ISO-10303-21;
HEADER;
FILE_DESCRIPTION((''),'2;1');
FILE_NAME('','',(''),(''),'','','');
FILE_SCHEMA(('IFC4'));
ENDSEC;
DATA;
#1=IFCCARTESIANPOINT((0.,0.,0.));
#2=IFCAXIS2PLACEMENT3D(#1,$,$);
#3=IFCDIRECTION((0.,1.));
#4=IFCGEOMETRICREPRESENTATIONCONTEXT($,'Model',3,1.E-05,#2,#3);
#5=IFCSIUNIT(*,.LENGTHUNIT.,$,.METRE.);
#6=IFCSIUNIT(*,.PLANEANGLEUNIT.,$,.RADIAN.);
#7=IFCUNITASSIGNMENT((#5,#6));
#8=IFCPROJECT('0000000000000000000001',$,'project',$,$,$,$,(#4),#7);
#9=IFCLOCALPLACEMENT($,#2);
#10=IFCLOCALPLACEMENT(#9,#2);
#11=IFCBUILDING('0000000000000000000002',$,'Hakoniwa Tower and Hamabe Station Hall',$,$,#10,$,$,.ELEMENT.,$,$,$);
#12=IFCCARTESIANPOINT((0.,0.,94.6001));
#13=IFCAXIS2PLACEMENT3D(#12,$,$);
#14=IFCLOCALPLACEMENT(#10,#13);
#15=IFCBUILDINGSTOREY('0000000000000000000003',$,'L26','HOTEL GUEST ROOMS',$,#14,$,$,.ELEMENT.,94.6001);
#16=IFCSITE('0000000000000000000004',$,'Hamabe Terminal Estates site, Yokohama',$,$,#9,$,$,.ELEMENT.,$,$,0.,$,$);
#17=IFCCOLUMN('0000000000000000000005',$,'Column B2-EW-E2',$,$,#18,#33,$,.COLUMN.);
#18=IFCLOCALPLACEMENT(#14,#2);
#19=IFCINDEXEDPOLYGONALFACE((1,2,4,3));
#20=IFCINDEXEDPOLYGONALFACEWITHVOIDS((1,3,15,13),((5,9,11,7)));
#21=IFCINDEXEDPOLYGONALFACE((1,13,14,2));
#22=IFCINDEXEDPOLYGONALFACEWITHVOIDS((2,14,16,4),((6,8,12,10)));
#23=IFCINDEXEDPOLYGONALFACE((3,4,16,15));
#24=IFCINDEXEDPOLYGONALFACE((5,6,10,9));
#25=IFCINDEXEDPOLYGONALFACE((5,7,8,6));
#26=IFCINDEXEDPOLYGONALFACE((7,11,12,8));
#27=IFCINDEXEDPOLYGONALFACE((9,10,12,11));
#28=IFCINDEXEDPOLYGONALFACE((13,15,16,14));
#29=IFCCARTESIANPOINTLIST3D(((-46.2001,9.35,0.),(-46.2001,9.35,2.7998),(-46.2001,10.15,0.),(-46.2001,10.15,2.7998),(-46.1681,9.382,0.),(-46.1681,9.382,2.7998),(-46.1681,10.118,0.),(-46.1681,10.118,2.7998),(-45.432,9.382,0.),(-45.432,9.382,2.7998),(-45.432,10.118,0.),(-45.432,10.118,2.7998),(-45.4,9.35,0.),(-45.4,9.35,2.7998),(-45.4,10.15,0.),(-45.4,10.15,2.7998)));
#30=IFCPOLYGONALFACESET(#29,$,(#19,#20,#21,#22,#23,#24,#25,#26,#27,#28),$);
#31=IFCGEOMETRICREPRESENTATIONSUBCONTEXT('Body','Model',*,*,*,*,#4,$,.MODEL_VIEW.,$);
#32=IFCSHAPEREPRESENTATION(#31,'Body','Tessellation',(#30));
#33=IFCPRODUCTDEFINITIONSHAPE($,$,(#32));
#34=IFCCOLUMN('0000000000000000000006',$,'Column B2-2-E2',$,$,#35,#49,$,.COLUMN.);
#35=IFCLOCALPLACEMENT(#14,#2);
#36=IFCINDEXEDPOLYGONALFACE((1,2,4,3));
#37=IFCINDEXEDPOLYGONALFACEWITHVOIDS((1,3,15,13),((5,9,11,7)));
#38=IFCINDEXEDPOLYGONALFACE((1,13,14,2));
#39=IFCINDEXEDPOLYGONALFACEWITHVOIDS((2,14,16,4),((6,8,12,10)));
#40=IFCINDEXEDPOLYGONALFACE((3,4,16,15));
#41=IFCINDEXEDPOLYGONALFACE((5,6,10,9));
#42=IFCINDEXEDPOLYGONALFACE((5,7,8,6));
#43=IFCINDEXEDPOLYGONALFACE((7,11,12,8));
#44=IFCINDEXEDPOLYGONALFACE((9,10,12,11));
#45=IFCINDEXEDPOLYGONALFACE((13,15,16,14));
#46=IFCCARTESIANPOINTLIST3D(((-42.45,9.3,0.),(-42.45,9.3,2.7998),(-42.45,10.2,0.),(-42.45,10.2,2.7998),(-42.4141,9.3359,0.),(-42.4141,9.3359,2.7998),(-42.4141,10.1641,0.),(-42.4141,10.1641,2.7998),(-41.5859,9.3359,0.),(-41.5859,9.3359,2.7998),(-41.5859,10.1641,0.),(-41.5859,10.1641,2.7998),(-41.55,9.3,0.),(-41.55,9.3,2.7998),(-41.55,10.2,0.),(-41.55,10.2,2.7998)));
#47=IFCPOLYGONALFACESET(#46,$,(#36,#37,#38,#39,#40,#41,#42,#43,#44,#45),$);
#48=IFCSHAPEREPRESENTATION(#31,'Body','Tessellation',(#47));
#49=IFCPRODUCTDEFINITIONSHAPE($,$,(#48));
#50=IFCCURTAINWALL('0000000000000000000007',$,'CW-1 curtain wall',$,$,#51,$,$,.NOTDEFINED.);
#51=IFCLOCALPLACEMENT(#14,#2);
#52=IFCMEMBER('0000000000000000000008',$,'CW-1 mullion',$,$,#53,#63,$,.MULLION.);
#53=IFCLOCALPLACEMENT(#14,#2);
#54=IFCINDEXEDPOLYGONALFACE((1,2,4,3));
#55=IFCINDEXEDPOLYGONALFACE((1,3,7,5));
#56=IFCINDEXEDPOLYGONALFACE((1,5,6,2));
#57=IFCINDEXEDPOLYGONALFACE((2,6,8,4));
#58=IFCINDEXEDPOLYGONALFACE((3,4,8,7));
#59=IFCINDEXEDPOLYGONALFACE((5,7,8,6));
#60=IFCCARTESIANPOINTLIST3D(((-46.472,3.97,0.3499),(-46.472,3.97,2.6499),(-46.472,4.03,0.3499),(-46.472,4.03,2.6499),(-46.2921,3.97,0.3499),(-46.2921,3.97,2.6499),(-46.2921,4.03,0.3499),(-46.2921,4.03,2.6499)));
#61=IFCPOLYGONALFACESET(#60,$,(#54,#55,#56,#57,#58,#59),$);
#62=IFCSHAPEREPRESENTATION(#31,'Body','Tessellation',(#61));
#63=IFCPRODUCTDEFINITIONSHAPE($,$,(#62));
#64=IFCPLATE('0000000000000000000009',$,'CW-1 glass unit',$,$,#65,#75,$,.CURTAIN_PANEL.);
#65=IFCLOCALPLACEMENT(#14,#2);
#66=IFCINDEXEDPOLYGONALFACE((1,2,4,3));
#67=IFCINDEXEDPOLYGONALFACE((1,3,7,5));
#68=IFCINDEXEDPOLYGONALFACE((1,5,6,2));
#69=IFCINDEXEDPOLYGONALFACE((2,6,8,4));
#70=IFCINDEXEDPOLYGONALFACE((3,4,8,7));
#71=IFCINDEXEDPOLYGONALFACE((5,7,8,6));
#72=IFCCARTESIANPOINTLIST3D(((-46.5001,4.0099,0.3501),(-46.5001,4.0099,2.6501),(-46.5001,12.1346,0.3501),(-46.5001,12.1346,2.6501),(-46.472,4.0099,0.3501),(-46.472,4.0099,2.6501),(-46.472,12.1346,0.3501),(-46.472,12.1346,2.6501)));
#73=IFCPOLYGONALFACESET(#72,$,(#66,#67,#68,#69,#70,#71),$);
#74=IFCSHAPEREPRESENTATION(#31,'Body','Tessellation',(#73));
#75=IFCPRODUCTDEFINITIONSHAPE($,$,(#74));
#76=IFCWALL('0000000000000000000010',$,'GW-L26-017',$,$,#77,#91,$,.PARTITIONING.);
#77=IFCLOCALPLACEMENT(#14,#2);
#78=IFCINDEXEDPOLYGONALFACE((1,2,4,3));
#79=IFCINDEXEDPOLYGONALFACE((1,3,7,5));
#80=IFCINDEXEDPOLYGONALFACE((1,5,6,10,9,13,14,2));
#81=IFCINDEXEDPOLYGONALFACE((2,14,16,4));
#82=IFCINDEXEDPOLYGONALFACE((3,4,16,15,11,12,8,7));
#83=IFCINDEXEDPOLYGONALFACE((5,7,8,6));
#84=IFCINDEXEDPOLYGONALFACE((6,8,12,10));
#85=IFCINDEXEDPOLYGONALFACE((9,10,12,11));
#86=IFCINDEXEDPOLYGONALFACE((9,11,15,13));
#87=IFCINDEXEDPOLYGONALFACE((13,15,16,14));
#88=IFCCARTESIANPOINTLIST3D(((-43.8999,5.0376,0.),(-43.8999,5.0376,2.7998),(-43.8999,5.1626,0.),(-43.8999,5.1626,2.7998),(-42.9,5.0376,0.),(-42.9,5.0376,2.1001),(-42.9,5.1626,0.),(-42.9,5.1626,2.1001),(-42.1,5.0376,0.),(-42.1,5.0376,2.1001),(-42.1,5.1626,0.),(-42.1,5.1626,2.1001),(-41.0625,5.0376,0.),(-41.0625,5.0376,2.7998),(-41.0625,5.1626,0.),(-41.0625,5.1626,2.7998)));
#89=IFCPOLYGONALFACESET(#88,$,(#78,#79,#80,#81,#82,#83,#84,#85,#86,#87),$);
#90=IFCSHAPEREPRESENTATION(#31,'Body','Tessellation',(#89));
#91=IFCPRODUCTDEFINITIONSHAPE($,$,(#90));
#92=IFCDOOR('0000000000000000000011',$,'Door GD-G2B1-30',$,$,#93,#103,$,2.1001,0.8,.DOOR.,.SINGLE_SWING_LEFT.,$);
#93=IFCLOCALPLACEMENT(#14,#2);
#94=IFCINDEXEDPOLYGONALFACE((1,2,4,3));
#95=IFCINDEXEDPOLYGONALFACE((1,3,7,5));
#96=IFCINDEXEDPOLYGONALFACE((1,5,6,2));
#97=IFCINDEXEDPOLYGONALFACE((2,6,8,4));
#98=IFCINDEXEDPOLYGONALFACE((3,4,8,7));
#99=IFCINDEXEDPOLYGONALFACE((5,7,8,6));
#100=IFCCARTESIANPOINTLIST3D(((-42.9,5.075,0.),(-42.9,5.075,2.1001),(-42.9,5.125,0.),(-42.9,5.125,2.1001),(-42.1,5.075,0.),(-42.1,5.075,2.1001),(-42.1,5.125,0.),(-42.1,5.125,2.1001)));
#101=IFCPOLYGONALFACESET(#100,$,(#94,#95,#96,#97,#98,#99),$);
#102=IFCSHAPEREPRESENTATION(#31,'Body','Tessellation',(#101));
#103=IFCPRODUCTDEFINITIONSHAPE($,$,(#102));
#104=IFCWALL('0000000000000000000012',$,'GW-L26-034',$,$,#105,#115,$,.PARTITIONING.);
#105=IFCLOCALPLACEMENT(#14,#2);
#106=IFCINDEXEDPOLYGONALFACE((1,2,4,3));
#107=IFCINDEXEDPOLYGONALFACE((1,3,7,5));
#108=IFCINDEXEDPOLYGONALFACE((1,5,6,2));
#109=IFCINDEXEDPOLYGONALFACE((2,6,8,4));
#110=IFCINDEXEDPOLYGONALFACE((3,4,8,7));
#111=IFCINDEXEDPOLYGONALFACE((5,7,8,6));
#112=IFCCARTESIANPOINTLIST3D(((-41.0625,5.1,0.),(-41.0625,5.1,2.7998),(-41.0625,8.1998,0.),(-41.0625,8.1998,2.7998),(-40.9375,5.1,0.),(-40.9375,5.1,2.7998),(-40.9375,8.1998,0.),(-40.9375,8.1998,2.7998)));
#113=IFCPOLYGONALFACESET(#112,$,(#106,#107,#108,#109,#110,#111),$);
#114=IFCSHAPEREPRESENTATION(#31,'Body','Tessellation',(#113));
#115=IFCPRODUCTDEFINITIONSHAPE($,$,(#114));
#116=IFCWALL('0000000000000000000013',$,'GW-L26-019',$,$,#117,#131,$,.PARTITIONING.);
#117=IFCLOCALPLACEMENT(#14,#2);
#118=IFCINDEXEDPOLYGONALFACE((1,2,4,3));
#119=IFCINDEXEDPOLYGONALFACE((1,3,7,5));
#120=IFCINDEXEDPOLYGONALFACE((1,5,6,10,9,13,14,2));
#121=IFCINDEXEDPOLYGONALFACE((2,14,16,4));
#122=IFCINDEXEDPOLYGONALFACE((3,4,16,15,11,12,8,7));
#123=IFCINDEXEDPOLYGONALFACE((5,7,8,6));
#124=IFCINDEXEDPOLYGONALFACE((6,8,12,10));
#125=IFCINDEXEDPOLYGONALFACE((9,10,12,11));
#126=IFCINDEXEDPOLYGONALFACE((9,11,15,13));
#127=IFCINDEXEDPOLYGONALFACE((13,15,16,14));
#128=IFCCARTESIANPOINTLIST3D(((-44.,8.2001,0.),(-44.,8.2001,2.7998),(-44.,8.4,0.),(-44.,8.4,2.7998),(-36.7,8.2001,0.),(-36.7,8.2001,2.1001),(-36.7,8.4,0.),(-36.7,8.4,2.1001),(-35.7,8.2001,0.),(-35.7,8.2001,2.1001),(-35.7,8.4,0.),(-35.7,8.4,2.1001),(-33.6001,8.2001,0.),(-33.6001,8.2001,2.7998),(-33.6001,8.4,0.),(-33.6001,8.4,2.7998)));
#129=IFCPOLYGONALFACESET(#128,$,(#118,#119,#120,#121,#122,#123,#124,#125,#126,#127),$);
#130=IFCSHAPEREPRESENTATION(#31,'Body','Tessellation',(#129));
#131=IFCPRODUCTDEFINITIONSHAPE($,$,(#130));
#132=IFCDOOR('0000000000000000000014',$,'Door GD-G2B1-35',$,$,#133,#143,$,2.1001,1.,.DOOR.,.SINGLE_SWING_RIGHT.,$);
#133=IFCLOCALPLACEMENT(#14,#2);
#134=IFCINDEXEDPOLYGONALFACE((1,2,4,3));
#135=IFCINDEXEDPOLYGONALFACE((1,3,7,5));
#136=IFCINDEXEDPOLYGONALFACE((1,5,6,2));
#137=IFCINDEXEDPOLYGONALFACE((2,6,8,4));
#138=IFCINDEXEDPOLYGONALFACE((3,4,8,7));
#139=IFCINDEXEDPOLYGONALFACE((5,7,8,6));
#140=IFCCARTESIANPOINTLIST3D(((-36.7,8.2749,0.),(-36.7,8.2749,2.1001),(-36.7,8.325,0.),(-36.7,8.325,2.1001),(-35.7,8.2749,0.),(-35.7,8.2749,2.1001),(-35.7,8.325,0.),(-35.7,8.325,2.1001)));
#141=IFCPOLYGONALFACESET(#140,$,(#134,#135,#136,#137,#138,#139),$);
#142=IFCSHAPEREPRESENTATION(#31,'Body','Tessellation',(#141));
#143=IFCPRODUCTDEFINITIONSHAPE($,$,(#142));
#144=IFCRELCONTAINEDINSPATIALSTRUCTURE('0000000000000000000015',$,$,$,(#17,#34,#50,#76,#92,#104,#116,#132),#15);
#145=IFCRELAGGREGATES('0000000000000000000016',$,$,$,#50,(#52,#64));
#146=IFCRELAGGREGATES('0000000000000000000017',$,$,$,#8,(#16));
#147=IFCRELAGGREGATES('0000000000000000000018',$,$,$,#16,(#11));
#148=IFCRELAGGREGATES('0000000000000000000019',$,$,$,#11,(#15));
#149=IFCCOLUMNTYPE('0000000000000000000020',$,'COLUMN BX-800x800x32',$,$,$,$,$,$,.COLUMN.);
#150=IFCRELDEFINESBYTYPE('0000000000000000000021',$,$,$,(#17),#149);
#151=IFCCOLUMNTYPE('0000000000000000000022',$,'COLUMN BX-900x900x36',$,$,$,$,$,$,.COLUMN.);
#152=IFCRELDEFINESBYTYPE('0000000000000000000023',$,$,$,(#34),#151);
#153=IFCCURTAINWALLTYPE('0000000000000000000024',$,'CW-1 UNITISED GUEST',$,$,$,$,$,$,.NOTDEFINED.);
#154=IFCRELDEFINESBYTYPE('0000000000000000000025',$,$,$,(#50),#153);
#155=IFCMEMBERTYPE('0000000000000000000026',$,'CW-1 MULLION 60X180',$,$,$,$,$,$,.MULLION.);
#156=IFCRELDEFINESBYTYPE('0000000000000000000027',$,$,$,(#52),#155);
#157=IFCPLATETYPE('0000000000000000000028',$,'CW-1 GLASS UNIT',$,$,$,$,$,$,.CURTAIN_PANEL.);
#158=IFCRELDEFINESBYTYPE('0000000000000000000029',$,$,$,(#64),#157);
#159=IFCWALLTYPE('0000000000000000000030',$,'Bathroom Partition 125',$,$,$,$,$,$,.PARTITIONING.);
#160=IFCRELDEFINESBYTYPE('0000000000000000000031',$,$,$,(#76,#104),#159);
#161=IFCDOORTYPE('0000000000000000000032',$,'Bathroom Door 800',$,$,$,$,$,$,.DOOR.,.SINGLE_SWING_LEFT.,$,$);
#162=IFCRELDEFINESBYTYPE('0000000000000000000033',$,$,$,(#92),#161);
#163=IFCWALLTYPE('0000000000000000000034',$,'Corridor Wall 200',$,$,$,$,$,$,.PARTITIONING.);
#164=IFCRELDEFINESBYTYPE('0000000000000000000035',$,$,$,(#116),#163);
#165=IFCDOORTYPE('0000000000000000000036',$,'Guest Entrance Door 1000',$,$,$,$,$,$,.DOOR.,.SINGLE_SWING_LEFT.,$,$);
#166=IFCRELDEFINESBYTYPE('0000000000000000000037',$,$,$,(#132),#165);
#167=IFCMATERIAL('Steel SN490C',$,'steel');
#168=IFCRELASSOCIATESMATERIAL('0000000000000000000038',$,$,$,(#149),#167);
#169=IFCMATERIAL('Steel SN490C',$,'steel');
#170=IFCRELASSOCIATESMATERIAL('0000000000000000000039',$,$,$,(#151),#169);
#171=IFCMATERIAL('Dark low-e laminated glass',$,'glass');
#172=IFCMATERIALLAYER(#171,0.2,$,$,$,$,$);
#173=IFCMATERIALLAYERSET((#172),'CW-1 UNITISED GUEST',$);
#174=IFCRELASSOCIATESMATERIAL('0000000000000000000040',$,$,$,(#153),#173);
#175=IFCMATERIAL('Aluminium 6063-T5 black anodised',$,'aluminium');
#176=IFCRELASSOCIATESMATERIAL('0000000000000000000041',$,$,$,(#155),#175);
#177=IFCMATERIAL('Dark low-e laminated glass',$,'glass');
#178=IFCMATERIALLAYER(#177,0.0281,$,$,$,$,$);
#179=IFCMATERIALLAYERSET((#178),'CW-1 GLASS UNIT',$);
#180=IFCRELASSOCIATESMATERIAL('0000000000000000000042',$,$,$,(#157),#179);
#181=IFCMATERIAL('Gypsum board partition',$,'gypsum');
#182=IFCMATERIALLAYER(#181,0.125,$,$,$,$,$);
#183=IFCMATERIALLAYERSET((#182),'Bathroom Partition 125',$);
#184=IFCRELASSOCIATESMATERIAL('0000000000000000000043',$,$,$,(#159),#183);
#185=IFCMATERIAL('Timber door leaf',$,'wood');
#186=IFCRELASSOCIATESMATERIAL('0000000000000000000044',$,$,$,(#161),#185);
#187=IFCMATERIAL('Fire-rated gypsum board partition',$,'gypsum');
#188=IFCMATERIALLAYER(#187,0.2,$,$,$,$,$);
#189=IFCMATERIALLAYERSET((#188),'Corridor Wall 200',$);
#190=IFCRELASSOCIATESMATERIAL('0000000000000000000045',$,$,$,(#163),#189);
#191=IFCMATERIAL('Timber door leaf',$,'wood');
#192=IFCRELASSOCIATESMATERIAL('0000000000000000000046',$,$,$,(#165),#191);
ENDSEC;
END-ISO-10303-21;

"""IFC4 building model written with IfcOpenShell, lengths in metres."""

from ifc_helpers import new_model, si_unit, direction, frame, frame_2d, origin, origin_2d, place, context, subcontext, project, spatial, rectangle, hollow_rectangle, extrude, material, layer, layer_set, material_profile, profile_set, type_object, element, fill, aggregate, save


model = new_model("IFC4")

# Units and contexts
model_context = context("Model", 3, precision=1e-05, world=origin(), true_north=direction((0.0, 1.0)))
body_context = subcontext(model_context, "Body", "Model", "MODEL_VIEW")
ifc_project = project(units=[si_unit("LENGTHUNIT", "METRE"), si_unit("PLANEANGLEUNIT", "RADIAN")], contexts=[model_context])

# Site, building, storey
site_placement = place(None, origin())
site = spatial("IfcSite", under=ifc_project, at=site_placement, Name="Hamabe Terminal Estates site, Yokohama", CompositionType="ELEMENT", RefElevation=0.0)
building_placement = place(site_placement, origin())
building = spatial("IfcBuilding", under=site, at=building_placement, Name="Hakoniwa Tower and Hamabe Station Hall", CompositionType="ELEMENT")
storey_placement = place(building_placement, frame((0.0, 0.0, 94.6001)))
storey = spatial("IfcBuildingStorey", under=building, at=storey_placement, Name="L26", Description="HOTEL GUEST ROOMS", CompositionType="ELEMENT", Elevation=94.6001)

# Columns
ifc_material_1 = material(Name="Steel SN490C", Category="steel")
ifc_material_profile_1 = material_profile(ifc_material_1, hollow_rectangle(XDim=0.8, YDim=0.8, WallThickness=0.032, at=origin_2d()), Name="BX-800x800x32")
ifc_profile_set_1 = profile_set([ifc_material_profile_1], Name="Steel SN490C")
column_type_1 = type_object("IfcColumnType", Name="COLUMN BX-800x800x32", PredefinedType="COLUMN", material=ifc_profile_set_1)
column_1_placement = place(storey_placement, frame((-45.8, 9.75, 0.0), z_axis=(0.0, 0.0, 1.0), x_axis=(1.0, 0.0, 0.0)))
element("IfcColumn", 1, at=column_1_placement, inside=storey, type_object=column_type_1, Name="Column B2-EW-E2", PredefinedType="COLUMN", context=body_context, shape_type="SweptSolid", body=[
    extrude(hollow_rectangle(XDim=0.8, YDim=0.8, WallThickness=0.032, at=origin_2d()), origin(), (0.0, 0.0, 1.0), 2.7998),
])
ifc_material_2 = material(Name="Steel SN490C", Category="steel")
ifc_material_profile_2 = material_profile(ifc_material_2, hollow_rectangle(XDim=0.8999, YDim=0.8999, WallThickness=0.0359, at=origin_2d()), Name="BX-900x900x36")
ifc_profile_set_2 = profile_set([ifc_material_profile_2], Name="Steel SN490C")
column_type_2 = type_object("IfcColumnType", Name="COLUMN BX-900x900x36", PredefinedType="COLUMN", material=ifc_profile_set_2)
column_2_placement = place(storey_placement, frame((-42.0, 9.75, 0.0), z_axis=(0.0, 0.0, 1.0), x_axis=(1.0, 0.0, 0.0)))
element("IfcColumn", 2, at=column_2_placement, inside=storey, type_object=column_type_2, Name="Column B2-2-E2", PredefinedType="COLUMN", context=body_context, shape_type="SweptSolid", body=[
    extrude(hollow_rectangle(XDim=0.8999, YDim=0.8999, WallThickness=0.0359, at=origin_2d()), origin(), (0.0, 0.0, 1.0), 2.7998),
])

# Curtain wall, member, plate
ifc_material_3 = material(Name="Dark low-e laminated glass", Category="glass")
ifc_layer_1 = layer(ifc_material_3, 0.2)
ifc_layer_set_1 = layer_set([ifc_layer_1], Name="CW-1 UNITISED GUEST")
curtain_wall_type = type_object("IfcCurtainWallType", Name="CW-1 UNITISED GUEST", PredefinedType="NOTDEFINED", material=ifc_layer_set_1)
curtain_wall_placement = place(storey_placement, origin())
curtain_wall = element("IfcCurtainWall", 3, at=curtain_wall_placement, inside=storey, type_object=curtain_wall_type, Name="CW-1 curtain wall", PredefinedType="NOTDEFINED")
ifc_material_4 = material(Name="Aluminium 6063-T5 black anodised", Category="aluminium")
ifc_material_profile_3 = material_profile(ifc_material_4, rectangle(XDim=0.0601, YDim=0.1799, at=origin_2d()), Name="CW-1 MULLION 60X180")
ifc_profile_set_3 = profile_set([ifc_material_profile_3], Name="Aluminium 6063-T5 black anodised")
member_type = type_object("IfcMemberType", Name="CW-1 MULLION 60X180", PredefinedType="MULLION", material=ifc_profile_set_3)
member_placement = place(storey_placement, frame((-46.3821, 4.0, 0.3499), z_axis=(0.0, 0.0, 1.0), x_axis=(0.0, -1.0, 0.0)))
member = element("IfcMember", 4, at=member_placement, type_object=member_type, Name="CW-1 mullion", PredefinedType="MULLION", context=body_context, shape_type="SweptSolid", body=[
    extrude(rectangle(XDim=0.0601, YDim=0.1799, at=origin_2d()), origin(), (0.0, 0.0, 1.0), 2.3),
])
ifc_material_5 = material(Name="Dark low-e laminated glass", Category="glass")
ifc_layer_2 = layer(ifc_material_5, 0.0281)
ifc_layer_set_2 = layer_set([ifc_layer_2], Name="CW-1 GLASS UNIT")
plate_type = type_object("IfcPlateType", Name="CW-1 GLASS UNIT", PredefinedType="CURTAIN_PANEL", material=ifc_layer_set_2)
plate_placement = place(storey_placement, frame((-46.4861, 8.0723, 0.3501), z_axis=(0.0, 0.0, 1.0), x_axis=(0.0, -1.0, 0.0)))
plate = element("IfcPlate", 5, at=plate_placement, type_object=plate_type, Name="CW-1 glass unit", PredefinedType="CURTAIN_PANEL", context=body_context, shape_type="SweptSolid", body=[
    extrude(rectangle(XDim=8.1248, YDim=0.0281, at=origin_2d()), origin(), (0.0, 0.0, 1.0), 2.3),
])
aggregate(curtain_wall, [member, plate])

# Wall, opening, door
ifc_material_6 = material(Name="Gypsum board partition", Category="gypsum")
ifc_layer_3 = layer(ifc_material_6, 0.125)
ifc_layer_set_3 = layer_set([ifc_layer_3], Name="Bathroom Partition 125")
wall_type_1 = type_object("IfcWallType", Name="Bathroom Partition 125", PredefinedType="PARTITIONING", material=ifc_layer_set_3)
wall_1_placement = place(storey_placement, frame((-43.8999, 5.1001, 0.0), z_axis=(0.0, 0.0, 1.0), x_axis=(1.0, 0.0, 0.0)))
wall_1 = element("IfcWall", 6, at=wall_1_placement, inside=storey, type_object=wall_type_1, Name="GW-L26-017", PredefinedType="PARTITIONING", context=body_context, shape_type="SweptSolid", body=[
    extrude(rectangle(XDim=2.8374, YDim=0.125, at=frame_2d((1.4187, 0.0))), origin(), (0.0, 0.0, 1.0), 2.7998),
])
opening_1_placement = place(wall_1_placement, frame((1.0, 0.0, 0.0)))
opening_1 = element("IfcOpeningElement", 7, at=opening_1_placement, cuts=wall_1, PredefinedType="OPENING", context=body_context, shape_type="SweptSolid", body=[
    extrude(rectangle(XDim=0.8, YDim=2.1001, at=frame_2d((0.3999, 1.05))), frame((0.0, 0.0725, 0.0), z_axis=(0.0, -1.0, 0.0), x_axis=(1.0, 0.0, 0.0)), (0.0, 0.0, 1.0), 0.145),
])
ifc_material_7 = material(Name="Timber door leaf", Category="wood")
door_type_1 = type_object("IfcDoorType", Name="Bathroom Door 800", OperationType="SINGLE_SWING_LEFT", PredefinedType="DOOR", material=ifc_material_7)
door_1_placement = place(opening_1_placement, origin())
door_1 = element("IfcDoor", 8, at=door_1_placement, inside=storey, type_object=door_type_1, Name="Door GD-G2B1-30", OperationType="SINGLE_SWING_LEFT", OverallHeight=2.1001, OverallWidth=0.8, PredefinedType="DOOR", context=body_context, shape_type="SweptSolid", body=[
    extrude(rectangle(XDim=0.8, YDim=2.1001, at=frame_2d((0.3999, 1.05))), frame((0.0, 0.0249, 0.0), z_axis=(0.0, -1.0, 0.0), x_axis=(1.0, 0.0, 0.0)), (0.0, 0.0, 1.0), 0.05),
])
fill(opening_1, door_1)

# Wall
wall_2_placement = place(storey_placement, frame((-41.0, 5.1001, 0.0), z_axis=(0.0, 0.0, 1.0), x_axis=(0.0, 1.0, 0.0)))
element("IfcWall", 9, at=wall_2_placement, inside=storey, type_object=wall_type_1, Name="GW-L26-034", PredefinedType="PARTITIONING", context=body_context, shape_type="SweptSolid", body=[
    extrude(rectangle(XDim=3.0999, YDim=0.125, at=frame_2d((1.5498, 0.0))), origin(), (0.0, 0.0, 1.0), 2.7998),
])

# Wall, opening, door
ifc_material_8 = material(Name="Fire-rated gypsum board partition", Category="gypsum")
ifc_layer_4 = layer(ifc_material_8, 0.2)
ifc_layer_set_4 = layer_set([ifc_layer_4], Name="Corridor Wall 200")
wall_type_2 = type_object("IfcWallType", Name="Corridor Wall 200", PredefinedType="PARTITIONING", material=ifc_layer_set_4)
wall_3_placement = place(storey_placement, frame((-44.0, 8.3, 0.0), z_axis=(0.0, 0.0, 1.0), x_axis=(1.0, 0.0, 0.0)))
wall_3 = element("IfcWall", 10, at=wall_3_placement, inside=storey, type_object=wall_type_2, Name="GW-L26-019", PredefinedType="PARTITIONING", context=body_context, shape_type="SweptSolid", body=[
    extrude(rectangle(XDim=10.3999, YDim=0.2, at=frame_2d((5.2, 0.0))), origin(), (0.0, 0.0, 1.0), 2.7998),
])
opening_2_placement = place(wall_3_placement, frame((7.3, 0.0, 0.0)))
opening_2 = element("IfcOpeningElement", 11, at=opening_2_placement, cuts=wall_3, PredefinedType="OPENING", context=body_context, shape_type="SweptSolid", body=[
    extrude(rectangle(XDim=1.0, YDim=2.1001, at=frame_2d((0.5, 1.05))), frame((0.0, 0.1099, 0.0), z_axis=(0.0, -1.0, 0.0), x_axis=(1.0, 0.0, 0.0)), (0.0, 0.0, 1.0), 0.22),
])
ifc_material_9 = material(Name="Timber door leaf", Category="wood")
door_type_2 = type_object("IfcDoorType", Name="Guest Entrance Door 1000", OperationType="SINGLE_SWING_LEFT", PredefinedType="DOOR", material=ifc_material_9)
door_2_placement = place(opening_2_placement, origin())
door_2 = element("IfcDoor", 12, at=door_2_placement, inside=storey, type_object=door_type_2, Name="Door GD-G2B1-35", OperationType="SINGLE_SWING_RIGHT", OverallHeight=2.1001, OverallWidth=1.0, PredefinedType="DOOR", context=body_context, shape_type="SweptSolid", body=[
    extrude(rectangle(XDim=1.0, YDim=2.1001, at=frame_2d((0.5, 1.05))), frame((0.0, 0.0249, 0.0), z_axis=(0.0, -1.0, 0.0), x_axis=(1.0, 0.0, 0.0)), (0.0, 0.0, 1.0), 0.05),
])
fill(opening_2, door_2)

save(model, "model.ifc")
